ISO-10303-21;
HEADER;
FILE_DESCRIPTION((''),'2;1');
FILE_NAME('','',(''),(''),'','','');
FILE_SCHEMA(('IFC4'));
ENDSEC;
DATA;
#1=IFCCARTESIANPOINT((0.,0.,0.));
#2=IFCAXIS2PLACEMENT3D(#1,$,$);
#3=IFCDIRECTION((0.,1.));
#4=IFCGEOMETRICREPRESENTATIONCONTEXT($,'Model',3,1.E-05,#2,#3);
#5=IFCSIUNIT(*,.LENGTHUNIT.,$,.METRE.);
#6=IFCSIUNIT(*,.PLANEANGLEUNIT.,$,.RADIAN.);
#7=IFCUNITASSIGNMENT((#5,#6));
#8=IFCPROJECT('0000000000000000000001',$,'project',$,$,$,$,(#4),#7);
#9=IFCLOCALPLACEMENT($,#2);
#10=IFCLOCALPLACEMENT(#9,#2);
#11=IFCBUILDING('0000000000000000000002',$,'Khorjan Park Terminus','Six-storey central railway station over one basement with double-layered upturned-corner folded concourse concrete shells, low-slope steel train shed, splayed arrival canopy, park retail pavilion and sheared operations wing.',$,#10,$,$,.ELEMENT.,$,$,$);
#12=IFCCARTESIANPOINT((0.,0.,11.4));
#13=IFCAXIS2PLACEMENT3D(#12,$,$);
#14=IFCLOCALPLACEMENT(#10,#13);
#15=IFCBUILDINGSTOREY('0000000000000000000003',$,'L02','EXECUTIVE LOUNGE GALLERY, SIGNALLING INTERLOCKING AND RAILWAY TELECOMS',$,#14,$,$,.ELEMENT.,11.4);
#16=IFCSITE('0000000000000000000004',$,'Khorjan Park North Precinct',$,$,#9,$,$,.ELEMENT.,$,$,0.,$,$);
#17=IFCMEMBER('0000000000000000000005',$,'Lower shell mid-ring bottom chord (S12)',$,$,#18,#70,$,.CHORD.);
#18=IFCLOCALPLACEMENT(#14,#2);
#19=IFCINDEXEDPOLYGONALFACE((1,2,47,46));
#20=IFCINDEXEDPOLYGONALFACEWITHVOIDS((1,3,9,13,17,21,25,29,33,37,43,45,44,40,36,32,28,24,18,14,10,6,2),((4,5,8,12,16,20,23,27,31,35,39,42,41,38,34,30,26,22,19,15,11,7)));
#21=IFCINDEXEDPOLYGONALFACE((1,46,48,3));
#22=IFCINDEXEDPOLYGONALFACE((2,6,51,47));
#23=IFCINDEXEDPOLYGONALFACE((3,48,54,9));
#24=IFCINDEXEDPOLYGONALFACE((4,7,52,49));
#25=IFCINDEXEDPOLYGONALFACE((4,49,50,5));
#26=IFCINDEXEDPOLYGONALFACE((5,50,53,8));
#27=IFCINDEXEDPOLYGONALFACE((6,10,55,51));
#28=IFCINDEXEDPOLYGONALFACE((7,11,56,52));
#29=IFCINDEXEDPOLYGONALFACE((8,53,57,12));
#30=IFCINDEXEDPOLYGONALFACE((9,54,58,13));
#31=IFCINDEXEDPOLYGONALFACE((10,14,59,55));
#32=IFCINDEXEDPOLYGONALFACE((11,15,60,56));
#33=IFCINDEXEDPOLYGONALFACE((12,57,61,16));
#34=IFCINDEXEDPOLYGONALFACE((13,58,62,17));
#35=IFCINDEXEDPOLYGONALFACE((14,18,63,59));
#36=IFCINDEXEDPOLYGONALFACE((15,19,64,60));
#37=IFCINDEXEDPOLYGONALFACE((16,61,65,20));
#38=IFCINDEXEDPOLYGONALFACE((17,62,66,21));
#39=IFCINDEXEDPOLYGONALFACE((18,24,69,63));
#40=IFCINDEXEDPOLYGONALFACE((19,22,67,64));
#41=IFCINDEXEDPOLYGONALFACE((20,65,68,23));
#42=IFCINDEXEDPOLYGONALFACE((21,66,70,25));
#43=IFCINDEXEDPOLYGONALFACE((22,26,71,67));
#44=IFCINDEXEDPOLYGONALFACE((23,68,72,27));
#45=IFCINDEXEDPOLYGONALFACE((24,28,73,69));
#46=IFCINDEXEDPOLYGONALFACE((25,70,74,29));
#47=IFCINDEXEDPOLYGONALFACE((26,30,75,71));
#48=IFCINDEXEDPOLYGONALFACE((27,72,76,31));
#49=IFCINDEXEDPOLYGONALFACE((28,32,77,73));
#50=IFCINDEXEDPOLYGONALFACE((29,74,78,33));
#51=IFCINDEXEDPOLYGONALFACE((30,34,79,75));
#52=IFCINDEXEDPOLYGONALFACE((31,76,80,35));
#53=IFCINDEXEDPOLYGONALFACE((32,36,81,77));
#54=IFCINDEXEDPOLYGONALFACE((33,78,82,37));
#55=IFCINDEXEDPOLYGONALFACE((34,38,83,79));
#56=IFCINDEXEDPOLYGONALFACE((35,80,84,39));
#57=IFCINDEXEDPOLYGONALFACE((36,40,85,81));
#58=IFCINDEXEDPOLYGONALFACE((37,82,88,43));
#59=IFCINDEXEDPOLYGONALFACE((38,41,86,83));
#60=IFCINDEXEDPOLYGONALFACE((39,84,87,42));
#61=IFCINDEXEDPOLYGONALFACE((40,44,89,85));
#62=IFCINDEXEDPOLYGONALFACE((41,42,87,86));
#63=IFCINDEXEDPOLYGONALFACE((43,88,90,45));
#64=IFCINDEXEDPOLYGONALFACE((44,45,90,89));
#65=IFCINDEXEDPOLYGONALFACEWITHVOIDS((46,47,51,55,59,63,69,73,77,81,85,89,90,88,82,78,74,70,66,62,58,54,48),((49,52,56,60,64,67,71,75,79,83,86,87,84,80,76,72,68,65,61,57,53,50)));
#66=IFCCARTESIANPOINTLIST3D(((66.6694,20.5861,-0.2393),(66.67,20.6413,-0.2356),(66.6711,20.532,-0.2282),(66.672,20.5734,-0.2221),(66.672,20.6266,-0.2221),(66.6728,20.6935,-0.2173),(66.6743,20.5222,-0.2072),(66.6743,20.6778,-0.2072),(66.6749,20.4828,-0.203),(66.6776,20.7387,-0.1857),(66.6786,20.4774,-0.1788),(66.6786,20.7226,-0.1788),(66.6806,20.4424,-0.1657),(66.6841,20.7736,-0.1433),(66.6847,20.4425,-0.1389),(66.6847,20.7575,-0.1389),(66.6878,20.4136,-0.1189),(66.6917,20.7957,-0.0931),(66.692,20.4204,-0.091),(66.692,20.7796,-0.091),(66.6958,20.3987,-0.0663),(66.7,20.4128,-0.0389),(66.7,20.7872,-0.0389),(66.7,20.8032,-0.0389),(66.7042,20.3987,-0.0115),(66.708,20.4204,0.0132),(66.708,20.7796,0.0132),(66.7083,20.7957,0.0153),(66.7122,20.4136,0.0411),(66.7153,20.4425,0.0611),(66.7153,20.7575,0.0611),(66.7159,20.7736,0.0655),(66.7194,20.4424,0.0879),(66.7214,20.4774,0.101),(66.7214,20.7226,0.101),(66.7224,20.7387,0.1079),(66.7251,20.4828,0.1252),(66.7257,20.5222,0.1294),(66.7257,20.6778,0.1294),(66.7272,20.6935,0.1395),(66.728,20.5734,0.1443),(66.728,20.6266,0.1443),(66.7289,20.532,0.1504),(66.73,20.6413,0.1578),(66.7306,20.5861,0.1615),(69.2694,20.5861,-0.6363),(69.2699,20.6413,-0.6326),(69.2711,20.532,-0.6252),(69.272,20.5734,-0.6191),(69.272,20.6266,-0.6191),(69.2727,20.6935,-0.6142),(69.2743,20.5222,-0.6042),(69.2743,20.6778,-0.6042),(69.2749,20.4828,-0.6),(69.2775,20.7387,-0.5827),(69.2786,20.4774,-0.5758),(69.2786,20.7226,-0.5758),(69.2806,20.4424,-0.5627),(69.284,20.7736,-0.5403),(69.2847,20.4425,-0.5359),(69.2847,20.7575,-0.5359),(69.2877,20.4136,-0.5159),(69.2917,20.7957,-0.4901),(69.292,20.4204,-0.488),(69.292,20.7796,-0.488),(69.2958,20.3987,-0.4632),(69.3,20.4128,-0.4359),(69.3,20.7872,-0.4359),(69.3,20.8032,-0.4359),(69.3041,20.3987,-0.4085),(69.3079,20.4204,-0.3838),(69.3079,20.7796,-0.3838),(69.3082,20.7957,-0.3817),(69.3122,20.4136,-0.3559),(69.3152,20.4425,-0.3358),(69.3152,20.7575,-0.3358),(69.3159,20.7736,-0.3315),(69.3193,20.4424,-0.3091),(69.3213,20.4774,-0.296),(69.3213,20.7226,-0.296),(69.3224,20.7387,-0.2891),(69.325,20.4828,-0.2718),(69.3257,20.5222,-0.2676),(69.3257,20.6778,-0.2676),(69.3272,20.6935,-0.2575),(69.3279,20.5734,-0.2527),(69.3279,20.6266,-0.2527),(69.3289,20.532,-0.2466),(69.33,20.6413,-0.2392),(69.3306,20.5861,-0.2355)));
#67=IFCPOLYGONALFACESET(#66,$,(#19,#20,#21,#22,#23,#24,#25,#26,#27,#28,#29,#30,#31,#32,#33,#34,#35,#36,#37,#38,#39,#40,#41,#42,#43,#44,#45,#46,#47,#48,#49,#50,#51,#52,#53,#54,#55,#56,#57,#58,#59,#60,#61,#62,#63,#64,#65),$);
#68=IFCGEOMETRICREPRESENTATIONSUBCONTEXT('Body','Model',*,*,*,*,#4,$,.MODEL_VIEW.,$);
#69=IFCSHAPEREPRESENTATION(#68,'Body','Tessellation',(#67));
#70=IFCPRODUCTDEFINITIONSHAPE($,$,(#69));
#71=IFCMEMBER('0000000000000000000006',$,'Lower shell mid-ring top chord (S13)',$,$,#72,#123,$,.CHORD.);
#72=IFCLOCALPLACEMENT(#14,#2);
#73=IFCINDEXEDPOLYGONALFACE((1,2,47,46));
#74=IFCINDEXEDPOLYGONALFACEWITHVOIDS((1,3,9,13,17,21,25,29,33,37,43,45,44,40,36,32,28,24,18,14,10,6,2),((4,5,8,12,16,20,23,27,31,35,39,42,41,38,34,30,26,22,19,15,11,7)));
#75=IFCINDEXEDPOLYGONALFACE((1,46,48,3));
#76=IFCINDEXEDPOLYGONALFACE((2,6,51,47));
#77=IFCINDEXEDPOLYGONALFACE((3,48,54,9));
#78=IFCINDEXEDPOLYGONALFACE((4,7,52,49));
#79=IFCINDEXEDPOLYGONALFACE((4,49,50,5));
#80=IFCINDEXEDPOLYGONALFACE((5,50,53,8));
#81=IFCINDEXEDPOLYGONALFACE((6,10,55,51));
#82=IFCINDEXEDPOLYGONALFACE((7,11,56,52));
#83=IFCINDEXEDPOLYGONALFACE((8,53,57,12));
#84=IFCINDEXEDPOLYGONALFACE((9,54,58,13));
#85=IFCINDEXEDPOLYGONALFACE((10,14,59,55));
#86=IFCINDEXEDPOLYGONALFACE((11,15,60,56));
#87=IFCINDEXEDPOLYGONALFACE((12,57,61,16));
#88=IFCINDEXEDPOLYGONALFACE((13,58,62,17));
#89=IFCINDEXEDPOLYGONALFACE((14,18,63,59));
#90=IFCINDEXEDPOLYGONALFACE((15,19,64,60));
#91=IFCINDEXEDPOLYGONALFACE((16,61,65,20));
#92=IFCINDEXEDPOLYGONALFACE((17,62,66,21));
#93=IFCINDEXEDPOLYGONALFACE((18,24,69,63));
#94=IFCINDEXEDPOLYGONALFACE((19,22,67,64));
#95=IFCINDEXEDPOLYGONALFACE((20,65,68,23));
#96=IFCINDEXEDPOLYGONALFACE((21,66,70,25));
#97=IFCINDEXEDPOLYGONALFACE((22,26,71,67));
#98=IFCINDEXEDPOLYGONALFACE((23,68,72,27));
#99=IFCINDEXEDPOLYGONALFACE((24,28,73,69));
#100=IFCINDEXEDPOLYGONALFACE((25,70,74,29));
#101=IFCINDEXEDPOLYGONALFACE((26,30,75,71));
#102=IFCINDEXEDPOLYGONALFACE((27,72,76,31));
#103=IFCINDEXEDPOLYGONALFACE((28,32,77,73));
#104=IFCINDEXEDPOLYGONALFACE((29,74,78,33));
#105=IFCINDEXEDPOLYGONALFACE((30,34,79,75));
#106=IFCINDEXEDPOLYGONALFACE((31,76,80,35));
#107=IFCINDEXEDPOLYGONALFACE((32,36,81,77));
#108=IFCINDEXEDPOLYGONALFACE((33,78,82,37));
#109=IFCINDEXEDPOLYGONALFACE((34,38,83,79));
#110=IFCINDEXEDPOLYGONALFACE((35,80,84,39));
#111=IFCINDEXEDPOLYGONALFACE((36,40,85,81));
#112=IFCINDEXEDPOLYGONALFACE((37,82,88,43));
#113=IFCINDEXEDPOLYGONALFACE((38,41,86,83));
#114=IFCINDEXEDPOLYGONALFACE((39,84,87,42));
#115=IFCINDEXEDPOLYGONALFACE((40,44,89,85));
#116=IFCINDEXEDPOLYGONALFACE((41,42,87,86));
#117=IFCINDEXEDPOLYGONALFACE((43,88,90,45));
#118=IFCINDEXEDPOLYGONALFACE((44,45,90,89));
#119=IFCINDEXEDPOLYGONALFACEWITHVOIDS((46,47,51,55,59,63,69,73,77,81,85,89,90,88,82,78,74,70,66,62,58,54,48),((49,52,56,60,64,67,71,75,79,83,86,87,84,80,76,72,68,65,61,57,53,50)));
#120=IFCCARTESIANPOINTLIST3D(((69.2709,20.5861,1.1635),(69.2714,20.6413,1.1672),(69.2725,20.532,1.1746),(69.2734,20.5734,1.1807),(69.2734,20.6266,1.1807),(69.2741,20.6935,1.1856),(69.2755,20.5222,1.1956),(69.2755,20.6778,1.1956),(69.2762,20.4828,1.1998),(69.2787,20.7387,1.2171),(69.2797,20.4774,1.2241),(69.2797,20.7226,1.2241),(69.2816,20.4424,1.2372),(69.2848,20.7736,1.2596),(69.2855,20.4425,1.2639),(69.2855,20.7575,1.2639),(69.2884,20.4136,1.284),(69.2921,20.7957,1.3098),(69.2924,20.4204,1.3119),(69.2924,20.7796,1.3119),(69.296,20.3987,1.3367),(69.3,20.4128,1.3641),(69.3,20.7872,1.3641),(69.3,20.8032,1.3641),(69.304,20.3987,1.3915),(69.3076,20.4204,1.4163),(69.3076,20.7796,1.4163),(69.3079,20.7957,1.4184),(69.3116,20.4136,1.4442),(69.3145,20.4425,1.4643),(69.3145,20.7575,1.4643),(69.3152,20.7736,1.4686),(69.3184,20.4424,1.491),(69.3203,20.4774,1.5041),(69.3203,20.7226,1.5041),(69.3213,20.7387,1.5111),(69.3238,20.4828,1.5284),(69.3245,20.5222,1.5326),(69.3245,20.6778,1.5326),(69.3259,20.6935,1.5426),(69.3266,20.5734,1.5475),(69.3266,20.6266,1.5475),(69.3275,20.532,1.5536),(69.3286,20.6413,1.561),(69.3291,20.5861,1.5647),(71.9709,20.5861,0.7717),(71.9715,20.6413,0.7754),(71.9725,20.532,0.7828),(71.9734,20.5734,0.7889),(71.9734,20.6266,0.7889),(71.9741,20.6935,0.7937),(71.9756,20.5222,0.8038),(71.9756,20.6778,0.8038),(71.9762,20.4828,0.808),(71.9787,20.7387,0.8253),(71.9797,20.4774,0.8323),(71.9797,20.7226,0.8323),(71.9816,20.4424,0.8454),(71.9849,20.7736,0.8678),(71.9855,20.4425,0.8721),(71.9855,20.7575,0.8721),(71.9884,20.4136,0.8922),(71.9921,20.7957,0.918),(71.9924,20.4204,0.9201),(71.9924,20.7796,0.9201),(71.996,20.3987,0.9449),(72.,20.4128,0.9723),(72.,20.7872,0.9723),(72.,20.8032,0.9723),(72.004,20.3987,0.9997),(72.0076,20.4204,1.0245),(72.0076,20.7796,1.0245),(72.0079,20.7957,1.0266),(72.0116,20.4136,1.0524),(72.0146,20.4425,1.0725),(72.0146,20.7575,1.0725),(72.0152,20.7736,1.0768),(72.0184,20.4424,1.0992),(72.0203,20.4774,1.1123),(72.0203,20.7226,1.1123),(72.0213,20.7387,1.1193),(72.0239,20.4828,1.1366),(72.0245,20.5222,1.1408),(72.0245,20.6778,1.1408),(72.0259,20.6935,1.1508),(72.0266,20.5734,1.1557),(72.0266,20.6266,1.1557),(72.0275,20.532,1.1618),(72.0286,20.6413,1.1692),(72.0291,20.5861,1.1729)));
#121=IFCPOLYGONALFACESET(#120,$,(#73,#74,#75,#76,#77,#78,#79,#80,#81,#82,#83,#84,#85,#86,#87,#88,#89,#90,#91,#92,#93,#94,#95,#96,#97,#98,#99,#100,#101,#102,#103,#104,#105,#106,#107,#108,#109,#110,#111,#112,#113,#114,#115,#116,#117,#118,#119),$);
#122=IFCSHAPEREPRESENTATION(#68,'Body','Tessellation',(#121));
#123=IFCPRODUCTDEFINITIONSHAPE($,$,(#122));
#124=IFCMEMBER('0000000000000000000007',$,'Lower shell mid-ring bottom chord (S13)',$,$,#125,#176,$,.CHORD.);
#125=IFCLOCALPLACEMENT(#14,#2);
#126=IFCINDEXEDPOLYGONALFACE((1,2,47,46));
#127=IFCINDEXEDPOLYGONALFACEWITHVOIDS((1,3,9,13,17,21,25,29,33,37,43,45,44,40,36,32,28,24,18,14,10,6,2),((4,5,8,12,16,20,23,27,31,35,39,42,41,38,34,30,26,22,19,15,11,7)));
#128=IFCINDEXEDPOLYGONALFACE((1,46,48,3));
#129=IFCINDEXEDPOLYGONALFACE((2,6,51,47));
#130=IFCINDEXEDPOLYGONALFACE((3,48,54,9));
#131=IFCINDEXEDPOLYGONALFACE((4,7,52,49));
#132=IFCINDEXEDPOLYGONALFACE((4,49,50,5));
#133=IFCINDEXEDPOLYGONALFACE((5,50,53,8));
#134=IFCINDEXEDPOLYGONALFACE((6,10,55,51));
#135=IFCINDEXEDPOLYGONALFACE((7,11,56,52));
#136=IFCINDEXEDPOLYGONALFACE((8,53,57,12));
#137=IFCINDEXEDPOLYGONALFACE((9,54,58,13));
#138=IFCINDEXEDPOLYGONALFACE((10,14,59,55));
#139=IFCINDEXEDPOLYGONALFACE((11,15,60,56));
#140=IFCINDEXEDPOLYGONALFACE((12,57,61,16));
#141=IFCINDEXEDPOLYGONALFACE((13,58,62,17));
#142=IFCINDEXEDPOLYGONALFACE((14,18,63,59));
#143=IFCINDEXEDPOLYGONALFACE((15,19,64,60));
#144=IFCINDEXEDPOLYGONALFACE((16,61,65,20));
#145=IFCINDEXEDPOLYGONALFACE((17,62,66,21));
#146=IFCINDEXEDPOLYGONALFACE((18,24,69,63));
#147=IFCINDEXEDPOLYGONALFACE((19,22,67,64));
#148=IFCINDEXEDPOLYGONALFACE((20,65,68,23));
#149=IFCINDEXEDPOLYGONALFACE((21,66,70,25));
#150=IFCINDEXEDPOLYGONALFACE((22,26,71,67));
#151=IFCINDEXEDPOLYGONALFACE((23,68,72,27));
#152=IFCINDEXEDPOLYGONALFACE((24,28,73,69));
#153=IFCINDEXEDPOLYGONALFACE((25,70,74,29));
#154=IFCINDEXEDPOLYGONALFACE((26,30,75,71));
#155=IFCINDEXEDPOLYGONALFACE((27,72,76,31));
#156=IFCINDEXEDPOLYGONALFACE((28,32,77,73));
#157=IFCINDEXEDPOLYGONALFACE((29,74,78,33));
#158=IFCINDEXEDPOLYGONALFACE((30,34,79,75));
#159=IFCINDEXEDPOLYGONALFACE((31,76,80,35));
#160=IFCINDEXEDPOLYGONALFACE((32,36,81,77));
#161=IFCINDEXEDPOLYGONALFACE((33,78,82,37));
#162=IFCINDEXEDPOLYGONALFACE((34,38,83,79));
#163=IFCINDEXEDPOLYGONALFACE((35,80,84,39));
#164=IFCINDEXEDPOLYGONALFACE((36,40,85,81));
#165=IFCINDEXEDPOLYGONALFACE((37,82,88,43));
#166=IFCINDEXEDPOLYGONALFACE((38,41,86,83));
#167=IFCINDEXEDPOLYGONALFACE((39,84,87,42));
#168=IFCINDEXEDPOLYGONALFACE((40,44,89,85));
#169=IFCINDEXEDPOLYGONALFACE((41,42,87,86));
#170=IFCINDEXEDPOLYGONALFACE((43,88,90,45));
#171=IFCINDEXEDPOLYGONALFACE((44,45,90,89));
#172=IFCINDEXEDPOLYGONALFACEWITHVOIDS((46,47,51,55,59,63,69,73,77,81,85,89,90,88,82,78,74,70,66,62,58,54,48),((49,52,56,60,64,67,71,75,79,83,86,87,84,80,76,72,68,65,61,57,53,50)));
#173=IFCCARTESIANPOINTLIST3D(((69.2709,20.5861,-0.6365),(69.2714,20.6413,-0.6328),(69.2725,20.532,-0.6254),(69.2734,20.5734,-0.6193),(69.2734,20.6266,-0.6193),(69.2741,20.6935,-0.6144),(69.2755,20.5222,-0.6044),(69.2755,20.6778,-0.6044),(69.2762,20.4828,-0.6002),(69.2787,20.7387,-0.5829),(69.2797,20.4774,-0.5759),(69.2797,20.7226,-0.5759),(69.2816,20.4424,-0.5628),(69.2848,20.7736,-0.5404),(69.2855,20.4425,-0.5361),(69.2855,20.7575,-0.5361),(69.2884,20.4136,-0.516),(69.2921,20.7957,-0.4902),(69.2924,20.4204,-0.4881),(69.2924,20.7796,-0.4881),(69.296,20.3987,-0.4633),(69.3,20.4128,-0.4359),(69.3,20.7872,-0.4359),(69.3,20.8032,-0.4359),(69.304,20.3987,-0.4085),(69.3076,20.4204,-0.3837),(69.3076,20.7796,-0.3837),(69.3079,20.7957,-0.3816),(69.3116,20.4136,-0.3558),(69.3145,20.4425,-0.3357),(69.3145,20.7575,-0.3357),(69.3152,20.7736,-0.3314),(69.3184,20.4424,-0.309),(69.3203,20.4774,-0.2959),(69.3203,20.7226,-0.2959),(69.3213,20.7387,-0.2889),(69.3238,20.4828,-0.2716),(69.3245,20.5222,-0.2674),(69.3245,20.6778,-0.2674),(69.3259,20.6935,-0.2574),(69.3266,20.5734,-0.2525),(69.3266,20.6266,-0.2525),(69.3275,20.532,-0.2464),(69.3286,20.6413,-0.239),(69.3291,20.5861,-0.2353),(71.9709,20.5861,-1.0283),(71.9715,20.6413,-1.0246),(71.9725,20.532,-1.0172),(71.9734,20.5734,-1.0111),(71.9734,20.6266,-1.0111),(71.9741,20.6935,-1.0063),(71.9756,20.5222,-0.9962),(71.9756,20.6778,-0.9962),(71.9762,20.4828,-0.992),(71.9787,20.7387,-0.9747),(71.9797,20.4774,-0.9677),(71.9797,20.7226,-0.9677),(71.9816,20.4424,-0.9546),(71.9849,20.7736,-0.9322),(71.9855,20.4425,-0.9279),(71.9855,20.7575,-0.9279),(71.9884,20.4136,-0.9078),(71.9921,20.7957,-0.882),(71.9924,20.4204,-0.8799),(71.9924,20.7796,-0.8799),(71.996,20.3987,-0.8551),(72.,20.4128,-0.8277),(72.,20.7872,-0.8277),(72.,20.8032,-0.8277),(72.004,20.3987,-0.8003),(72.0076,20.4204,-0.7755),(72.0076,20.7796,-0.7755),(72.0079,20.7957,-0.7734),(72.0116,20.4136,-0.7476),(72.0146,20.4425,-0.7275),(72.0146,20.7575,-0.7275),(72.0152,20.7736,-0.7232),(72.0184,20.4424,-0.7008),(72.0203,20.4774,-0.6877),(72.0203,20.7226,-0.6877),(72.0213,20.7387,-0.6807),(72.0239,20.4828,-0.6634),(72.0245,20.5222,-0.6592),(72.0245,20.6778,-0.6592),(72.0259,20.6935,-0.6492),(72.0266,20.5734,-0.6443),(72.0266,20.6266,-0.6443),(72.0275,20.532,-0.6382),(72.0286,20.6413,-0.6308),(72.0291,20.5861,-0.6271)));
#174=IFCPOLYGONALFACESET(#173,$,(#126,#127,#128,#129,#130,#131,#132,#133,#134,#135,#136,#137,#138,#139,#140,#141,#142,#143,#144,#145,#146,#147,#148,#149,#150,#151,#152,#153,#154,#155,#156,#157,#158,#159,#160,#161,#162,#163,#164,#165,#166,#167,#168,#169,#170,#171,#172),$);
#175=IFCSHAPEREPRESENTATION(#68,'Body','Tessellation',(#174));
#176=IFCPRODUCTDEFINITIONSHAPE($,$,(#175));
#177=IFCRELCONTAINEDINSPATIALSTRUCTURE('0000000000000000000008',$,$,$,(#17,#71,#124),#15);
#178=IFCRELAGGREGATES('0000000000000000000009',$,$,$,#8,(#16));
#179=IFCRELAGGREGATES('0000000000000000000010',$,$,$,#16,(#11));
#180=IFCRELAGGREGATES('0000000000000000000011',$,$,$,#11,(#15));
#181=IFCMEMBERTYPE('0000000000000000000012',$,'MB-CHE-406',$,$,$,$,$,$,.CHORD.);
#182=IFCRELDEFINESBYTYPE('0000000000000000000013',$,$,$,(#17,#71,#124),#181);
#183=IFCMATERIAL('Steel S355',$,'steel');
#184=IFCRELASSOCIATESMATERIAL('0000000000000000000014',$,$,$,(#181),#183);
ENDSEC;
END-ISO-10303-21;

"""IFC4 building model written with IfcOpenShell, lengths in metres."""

from ifc_helpers import new_model, si_unit, direction, frame, origin, origin_2d, place, context, subcontext, project, spatial, hollow_circle, extrude, material, material_profile, profile_set, type_object, element, save


model = new_model("IFC4")

# Units and contexts
model_context = context("Model", 3, precision=1e-05, world=origin(), true_north=direction((0.0, 1.0)))
body_context = subcontext(model_context, "Body", "Model", "MODEL_VIEW")
ifc_project = project(units=[si_unit("LENGTHUNIT", "METRE"), si_unit("PLANEANGLEUNIT", "RADIAN")], contexts=[model_context])

# Site, building, storey
site_placement = place(None, origin())
site = spatial("IfcSite", under=ifc_project, at=site_placement, Name="Khorjan Park North Precinct", CompositionType="ELEMENT", RefElevation=0.0)
building_placement = place(site_placement, origin())
building = spatial("IfcBuilding", under=site, at=building_placement, Name="Khorjan Park Terminus", Description="Six-storey central railway station over one basement with double-layered upturned-corner folded concourse concrete shells, low-slope steel train shed, splayed arrival canopy, park retail pavilion and sheared operations wing.", CompositionType="ELEMENT")
storey_placement = place(building_placement, frame((0.0, 0.0, 11.4)))
storey = spatial("IfcBuildingStorey", under=building, at=storey_placement, Name="L02", Description="EXECUTIVE LOUNGE GALLERY, SIGNALLING INTERLOCKING AND RAILWAY TELECOMS", CompositionType="ELEMENT", Elevation=11.4)

# Members
ifc_material_1 = material(Name="Steel S355", Category="steel")
ifc_material_profile_1 = material_profile(ifc_material_1, hollow_circle(Radius=0.2032, WallThickness=0.016, at=origin_2d()), Name="CHS 406.4x16")
ifc_profile_set_1 = profile_set([ifc_material_profile_1], Name="Steel S355")
member_type_1 = type_object("IfcMemberType", Name="MB-CHE-406", PredefinedType="CHORD", material=ifc_profile_set_1)
for number, where, z_axis, x_axis, name in (
    (1, (66.7, 20.6, -0.0389), (0.988542, 0.0, -0.150943), (0.0, 1.0, 0.0), "Lower shell mid-ring bottom chord (S12)"),
):
    element("IfcMember", number, at=place(storey_placement, frame(where, z_axis=z_axis, x_axis=x_axis)), inside=storey, type_object=member_type_1, Name=name, PredefinedType="CHORD", context=body_context, shape_type="SweptSolid", body=[
        extrude(hollow_circle(Radius=0.2032, WallThickness=0.016, at=origin_2d()), origin(), (0.0, 0.0, 1.0), 2.6301),
    ])
for number, where, z_axis, x_axis, name in (
    (2, (69.3, 20.6, 1.3641), (0.989635, 0.0, -0.143607), (0.0, 1.0, 0.0), "Lower shell mid-ring top chord (S13)"),
    (3, (69.3, 20.6, -0.4359), (0.989635, 0.0, -0.143607), (0.0, 1.0, 0.0), "Lower shell mid-ring bottom chord (S13)"),
):
    element("IfcMember", number, at=place(storey_placement, frame(where, z_axis=z_axis, x_axis=x_axis)), inside=storey, type_object=member_type_1, Name=name, PredefinedType="CHORD", context=body_context, shape_type="SweptSolid", body=[
        extrude(hollow_circle(Radius=0.2032, WallThickness=0.016, at=origin_2d()), origin(), (0.0, 0.0, 1.0), 2.7283),
    ])

save(model, "model.ifc")
